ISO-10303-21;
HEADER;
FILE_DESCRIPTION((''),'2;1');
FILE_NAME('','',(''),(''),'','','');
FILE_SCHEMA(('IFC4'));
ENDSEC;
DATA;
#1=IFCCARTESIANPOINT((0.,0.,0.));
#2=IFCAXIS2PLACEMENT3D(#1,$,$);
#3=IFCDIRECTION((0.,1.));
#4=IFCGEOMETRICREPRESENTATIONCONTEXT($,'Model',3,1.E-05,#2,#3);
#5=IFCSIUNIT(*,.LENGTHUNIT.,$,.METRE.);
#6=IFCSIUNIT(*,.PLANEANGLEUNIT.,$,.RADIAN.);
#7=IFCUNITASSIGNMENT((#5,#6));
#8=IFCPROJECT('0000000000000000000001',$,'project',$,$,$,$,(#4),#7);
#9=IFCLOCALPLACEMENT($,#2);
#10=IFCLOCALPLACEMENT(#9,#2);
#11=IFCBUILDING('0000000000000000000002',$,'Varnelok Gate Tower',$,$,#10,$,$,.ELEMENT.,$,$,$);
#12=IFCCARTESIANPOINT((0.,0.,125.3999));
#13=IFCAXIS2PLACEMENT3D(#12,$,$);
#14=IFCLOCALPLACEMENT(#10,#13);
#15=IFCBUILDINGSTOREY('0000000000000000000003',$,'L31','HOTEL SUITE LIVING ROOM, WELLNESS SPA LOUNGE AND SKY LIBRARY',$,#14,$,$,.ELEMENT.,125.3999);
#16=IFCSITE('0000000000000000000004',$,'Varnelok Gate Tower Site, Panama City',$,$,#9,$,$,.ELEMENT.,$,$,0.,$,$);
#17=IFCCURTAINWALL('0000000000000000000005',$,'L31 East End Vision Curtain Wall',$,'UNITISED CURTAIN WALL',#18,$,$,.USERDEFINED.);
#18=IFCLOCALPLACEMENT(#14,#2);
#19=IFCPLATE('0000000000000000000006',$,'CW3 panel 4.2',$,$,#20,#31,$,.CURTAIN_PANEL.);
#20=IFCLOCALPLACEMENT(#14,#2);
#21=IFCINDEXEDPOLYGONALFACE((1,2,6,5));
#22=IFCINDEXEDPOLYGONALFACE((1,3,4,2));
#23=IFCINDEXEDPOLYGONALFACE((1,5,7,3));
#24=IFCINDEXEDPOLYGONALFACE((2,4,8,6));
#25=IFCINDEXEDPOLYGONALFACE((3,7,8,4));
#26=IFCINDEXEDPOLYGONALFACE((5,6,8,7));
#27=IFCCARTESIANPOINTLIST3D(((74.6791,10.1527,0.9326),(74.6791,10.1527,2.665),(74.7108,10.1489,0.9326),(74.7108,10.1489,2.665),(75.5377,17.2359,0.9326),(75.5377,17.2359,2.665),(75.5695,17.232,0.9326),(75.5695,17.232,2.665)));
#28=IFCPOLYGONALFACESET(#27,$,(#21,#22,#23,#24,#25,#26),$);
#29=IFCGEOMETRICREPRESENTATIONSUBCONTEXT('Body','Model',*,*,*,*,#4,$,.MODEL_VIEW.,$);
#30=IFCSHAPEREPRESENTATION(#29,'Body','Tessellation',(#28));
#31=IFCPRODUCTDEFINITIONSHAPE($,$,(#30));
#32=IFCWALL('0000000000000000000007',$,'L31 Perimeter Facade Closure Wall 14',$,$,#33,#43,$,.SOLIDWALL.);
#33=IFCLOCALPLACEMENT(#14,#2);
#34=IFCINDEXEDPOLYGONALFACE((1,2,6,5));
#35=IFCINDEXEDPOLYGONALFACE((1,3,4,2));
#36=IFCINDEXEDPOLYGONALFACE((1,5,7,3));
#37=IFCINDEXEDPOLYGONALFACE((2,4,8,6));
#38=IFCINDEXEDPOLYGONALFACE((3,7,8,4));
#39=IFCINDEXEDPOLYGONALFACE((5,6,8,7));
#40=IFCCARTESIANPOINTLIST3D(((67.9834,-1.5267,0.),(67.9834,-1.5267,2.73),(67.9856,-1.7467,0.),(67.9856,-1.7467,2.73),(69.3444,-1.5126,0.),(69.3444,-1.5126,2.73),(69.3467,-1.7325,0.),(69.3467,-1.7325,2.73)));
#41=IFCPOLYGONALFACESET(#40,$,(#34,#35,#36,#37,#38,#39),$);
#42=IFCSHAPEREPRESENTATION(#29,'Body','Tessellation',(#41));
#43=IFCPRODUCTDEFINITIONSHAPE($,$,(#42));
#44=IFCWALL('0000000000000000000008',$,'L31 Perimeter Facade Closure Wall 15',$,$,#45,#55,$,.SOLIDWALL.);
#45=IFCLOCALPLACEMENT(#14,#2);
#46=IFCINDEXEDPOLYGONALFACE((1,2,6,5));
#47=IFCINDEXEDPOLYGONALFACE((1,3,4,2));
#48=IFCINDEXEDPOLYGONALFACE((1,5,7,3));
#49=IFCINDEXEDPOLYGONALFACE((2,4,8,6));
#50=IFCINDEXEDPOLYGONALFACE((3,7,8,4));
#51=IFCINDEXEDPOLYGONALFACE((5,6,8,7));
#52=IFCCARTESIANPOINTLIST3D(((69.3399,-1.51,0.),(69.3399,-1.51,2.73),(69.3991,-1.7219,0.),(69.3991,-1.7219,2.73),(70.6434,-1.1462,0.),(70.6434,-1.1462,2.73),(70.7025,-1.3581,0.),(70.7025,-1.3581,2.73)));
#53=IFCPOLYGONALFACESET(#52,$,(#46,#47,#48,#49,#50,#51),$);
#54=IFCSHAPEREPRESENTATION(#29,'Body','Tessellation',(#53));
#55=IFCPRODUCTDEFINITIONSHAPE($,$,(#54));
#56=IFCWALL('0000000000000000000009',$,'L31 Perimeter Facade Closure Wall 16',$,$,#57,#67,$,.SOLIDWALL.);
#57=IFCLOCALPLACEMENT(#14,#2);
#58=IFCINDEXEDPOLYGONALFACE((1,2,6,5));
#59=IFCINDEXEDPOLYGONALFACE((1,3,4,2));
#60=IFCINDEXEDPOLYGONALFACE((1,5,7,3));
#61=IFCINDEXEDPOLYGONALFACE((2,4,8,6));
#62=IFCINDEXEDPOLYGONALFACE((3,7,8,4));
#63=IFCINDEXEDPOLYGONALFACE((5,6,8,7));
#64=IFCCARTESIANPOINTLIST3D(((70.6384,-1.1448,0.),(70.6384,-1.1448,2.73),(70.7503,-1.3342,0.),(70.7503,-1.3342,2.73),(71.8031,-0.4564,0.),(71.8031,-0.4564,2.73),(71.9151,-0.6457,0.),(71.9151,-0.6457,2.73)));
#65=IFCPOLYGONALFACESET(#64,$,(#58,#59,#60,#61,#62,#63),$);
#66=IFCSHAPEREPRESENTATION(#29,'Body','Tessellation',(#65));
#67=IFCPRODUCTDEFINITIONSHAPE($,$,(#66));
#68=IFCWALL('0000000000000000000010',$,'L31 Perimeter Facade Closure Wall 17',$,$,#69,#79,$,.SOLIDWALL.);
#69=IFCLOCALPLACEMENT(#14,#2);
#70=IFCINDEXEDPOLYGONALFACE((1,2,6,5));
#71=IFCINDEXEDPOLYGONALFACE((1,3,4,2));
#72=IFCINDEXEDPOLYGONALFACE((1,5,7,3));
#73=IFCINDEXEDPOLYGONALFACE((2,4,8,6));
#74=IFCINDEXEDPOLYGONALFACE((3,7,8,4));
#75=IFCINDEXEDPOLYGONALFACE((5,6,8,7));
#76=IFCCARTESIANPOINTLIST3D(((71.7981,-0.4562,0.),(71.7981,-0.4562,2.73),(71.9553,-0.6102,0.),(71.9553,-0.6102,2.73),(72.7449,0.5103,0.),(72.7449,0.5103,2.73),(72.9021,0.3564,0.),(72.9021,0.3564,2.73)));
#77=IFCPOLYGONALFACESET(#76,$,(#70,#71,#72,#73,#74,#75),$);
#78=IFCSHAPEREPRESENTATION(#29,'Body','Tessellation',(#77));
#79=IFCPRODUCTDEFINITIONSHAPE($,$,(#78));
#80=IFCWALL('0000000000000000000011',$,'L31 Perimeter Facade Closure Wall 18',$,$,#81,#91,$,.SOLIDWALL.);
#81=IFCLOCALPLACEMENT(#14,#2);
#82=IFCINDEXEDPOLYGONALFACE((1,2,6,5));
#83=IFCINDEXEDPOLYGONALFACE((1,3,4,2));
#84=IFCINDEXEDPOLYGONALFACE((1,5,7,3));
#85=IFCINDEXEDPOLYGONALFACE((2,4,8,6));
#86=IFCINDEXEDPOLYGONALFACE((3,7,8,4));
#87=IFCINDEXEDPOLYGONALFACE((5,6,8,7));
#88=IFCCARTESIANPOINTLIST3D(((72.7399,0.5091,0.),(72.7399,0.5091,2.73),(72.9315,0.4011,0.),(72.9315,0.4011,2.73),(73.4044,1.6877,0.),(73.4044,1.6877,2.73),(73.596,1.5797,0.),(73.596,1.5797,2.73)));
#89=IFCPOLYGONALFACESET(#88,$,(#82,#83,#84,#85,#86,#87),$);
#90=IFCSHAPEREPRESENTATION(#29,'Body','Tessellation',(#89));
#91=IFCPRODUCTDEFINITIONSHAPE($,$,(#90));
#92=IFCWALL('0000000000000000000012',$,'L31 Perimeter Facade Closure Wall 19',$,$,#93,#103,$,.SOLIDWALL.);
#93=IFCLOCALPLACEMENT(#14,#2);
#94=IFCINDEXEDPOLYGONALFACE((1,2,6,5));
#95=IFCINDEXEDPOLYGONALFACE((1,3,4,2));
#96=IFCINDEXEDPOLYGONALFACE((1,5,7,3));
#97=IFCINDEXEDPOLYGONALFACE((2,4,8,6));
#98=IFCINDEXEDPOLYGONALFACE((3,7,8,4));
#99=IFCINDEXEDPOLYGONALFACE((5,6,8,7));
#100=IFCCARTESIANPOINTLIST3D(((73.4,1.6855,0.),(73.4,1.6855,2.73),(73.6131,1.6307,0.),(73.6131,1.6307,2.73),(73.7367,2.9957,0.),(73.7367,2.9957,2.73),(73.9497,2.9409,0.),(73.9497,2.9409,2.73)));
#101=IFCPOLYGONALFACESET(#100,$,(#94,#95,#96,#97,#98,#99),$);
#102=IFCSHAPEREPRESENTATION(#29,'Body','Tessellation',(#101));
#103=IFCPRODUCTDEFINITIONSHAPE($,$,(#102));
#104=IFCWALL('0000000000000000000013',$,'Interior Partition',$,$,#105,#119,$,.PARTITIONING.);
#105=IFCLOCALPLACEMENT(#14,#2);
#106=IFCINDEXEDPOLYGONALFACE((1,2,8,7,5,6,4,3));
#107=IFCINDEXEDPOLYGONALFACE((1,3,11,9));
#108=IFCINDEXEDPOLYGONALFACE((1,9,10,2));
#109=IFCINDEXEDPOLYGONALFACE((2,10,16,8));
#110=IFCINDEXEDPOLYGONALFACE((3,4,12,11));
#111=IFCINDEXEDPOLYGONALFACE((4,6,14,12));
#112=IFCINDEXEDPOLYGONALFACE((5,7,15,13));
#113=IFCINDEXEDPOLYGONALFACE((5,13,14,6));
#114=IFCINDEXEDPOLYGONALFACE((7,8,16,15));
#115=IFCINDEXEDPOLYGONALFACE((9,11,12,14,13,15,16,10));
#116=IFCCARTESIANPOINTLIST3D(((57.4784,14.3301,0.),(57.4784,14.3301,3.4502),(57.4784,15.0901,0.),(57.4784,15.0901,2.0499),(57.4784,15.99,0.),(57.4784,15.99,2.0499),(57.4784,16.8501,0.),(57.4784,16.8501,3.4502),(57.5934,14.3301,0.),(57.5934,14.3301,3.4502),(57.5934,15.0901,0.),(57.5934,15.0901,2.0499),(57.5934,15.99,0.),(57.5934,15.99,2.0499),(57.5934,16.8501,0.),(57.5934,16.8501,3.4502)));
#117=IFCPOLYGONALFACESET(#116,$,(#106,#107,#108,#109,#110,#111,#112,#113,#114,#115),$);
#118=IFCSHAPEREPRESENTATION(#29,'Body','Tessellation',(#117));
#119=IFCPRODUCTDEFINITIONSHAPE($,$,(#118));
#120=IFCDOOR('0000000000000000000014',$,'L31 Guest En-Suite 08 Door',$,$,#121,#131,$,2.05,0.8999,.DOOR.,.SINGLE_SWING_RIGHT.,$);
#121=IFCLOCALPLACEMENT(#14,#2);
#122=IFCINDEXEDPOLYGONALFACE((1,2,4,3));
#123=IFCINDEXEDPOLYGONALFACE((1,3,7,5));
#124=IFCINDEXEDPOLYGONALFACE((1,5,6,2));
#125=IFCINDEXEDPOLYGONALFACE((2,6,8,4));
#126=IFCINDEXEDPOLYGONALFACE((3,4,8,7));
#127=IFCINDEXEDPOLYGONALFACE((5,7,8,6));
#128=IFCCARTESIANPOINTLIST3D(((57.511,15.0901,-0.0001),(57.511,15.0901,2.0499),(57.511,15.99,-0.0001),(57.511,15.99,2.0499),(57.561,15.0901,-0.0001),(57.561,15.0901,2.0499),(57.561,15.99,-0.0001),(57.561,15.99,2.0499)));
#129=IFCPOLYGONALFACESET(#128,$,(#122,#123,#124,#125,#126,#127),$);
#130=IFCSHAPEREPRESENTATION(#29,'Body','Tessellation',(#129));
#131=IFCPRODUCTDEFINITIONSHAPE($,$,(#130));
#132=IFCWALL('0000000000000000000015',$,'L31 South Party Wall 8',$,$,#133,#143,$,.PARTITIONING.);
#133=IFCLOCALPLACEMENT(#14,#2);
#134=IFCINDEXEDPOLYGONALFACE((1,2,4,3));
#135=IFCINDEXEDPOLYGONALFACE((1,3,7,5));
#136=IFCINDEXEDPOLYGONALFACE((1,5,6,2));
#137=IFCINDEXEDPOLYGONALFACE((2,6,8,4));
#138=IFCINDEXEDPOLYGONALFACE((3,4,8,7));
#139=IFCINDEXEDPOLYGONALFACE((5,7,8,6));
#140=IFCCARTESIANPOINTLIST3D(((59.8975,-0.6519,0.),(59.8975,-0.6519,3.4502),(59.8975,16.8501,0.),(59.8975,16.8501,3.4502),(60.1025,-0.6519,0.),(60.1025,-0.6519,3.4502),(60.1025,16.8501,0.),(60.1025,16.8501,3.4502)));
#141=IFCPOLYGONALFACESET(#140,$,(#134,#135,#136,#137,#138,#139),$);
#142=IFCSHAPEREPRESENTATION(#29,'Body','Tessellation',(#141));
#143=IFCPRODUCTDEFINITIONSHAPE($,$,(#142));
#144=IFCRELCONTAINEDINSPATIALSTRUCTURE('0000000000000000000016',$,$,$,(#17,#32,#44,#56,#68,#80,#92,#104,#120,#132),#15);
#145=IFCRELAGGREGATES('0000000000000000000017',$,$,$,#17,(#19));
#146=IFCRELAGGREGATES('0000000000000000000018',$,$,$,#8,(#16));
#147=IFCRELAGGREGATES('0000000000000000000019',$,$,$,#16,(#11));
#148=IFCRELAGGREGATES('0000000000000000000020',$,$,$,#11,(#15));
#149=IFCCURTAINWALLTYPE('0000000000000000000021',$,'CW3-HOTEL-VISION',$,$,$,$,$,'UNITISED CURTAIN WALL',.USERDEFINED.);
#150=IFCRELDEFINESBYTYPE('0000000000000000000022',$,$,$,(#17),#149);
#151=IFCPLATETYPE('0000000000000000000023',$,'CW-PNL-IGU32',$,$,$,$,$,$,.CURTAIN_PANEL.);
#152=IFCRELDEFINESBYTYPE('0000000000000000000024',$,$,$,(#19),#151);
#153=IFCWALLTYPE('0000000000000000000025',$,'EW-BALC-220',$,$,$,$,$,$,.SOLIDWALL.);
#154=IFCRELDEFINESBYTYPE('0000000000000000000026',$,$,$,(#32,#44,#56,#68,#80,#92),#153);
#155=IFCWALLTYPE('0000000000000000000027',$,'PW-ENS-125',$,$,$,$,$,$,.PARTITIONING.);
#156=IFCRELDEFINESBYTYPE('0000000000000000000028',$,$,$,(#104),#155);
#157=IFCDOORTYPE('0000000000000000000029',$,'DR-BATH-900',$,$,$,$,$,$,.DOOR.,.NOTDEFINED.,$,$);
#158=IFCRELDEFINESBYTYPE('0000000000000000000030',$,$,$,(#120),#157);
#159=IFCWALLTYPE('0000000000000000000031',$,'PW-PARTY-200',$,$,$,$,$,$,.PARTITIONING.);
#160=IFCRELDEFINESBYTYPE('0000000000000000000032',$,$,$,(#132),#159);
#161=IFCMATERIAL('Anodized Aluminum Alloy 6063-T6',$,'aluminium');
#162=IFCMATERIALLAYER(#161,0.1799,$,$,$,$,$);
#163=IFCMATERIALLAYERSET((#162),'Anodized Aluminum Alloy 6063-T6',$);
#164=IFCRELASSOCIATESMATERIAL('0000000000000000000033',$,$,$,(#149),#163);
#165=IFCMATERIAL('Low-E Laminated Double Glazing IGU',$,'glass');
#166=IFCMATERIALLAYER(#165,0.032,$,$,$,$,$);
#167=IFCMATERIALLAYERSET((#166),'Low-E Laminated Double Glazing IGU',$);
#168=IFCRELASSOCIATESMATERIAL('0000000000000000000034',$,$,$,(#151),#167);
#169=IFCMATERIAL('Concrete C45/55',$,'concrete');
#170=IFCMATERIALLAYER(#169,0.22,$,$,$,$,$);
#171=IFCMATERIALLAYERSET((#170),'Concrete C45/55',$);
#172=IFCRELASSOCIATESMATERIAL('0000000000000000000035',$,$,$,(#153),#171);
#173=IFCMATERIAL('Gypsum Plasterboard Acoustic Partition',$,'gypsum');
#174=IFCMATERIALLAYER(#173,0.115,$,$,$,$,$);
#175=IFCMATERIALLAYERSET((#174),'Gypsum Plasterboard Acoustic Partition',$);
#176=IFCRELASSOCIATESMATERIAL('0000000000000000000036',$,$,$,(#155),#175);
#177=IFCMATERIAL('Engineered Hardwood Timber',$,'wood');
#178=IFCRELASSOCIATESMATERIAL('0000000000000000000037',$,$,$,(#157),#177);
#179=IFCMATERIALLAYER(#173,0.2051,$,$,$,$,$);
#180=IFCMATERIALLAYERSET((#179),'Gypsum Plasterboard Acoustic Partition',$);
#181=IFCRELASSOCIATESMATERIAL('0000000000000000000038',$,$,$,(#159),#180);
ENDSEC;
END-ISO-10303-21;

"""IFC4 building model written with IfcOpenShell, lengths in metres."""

from ifc_helpers import new_model, si_unit, direction, frame, frame_2d, origin, origin_2d, place, context, subcontext, project, spatial, rectangle, extrude, source, transform, mapped, material, layer, layer_set, type_object, element, fill, aggregate, save


model = new_model("IFC4")

# Units and contexts
model_context = context("Model", 3, precision=1e-05, world=origin(), true_north=direction((0.0, 1.0)))
body_context = subcontext(model_context, "Body", "Model", "MODEL_VIEW")
ifc_project = project(units=[si_unit("LENGTHUNIT", "METRE"), si_unit("PLANEANGLEUNIT", "RADIAN")], contexts=[model_context])

# Site, building, storey
site_placement = place(None, origin())
site = spatial("IfcSite", under=ifc_project, at=site_placement, Name="Varnelok Gate Tower Site, Panama City", CompositionType="ELEMENT", RefElevation=0.0)
building_placement = place(site_placement, origin())
building = spatial("IfcBuilding", under=site, at=building_placement, Name="Varnelok Gate Tower", CompositionType="ELEMENT")
storey_placement = place(building_placement, frame((0.0, 0.0, 125.3999)))
storey = spatial("IfcBuildingStorey", under=building, at=storey_placement, Name="L31", Description="HOTEL SUITE LIVING ROOM, WELLNESS SPA LOUNGE AND SKY LIBRARY", CompositionType="ELEMENT", Elevation=125.3999)

# Curtain wall, plate
ifc_material_1 = material(Name="Anodized Aluminum Alloy 6063-T6", Category="aluminium")
ifc_layer_1 = layer(ifc_material_1, 0.1799)
ifc_layer_set_1 = layer_set([ifc_layer_1], Name="Anodized Aluminum Alloy 6063-T6")
curtain_wall_type = type_object("IfcCurtainWallType", Name="CW3-HOTEL-VISION", ElementType="UNITISED CURTAIN WALL", PredefinedType="USERDEFINED", material=ifc_layer_set_1)
curtain_wall_placement = place(storey_placement, origin())
curtain_wall = element("IfcCurtainWall", 1, at=curtain_wall_placement, inside=storey, type_object=curtain_wall_type, Name="L31 East End Vision Curtain Wall", ObjectType="UNITISED CURTAIN WALL", PredefinedType="USERDEFINED")
ifc_material_2 = material(Name="Low-E Laminated Double Glazing IGU", Category="glass")
ifc_layer_2 = layer(ifc_material_2, 0.032)
ifc_layer_set_2 = layer_set([ifc_layer_2], Name="Low-E Laminated Double Glazing IGU")
plate_type = type_object("IfcPlateType", Name="CW-PNL-IGU32", PredefinedType="CURTAIN_PANEL", material=ifc_layer_set_2)
shared_shape_1 = source(origin(), body_context, "Body", "SweptSolid", [
    extrude(rectangle(XDim=7.135, YDim=0.032, at=origin_2d()), origin(), (0.0, 0.0, 1.0), 1.7324),
])
plate_1_placement = place(storey_placement, frame((75.1243, 13.6924, 0.9326), z_axis=(0.0, 0.0, 1.0), x_axis=(-0.120347, -0.992732, 0.0)))
plate_1 = element("IfcPlate", 2, at=plate_1_placement, type_object=plate_type, Name="CW3 panel 4.2", PredefinedType="CURTAIN_PANEL", context=body_context, shape_type="MappedRepresentation", body=[
    mapped(shared_shape_1, transform((0.0, 0.0, 0.0), scale=1.0)),
])
aggregate(curtain_wall, [plate_1])

# Walls
ifc_material_3 = material(Name="Concrete C45/55", Category="concrete")
ifc_layer_3 = layer(ifc_material_3, 0.22)
ifc_layer_set_3 = layer_set([ifc_layer_3], Name="Concrete C45/55")
wall_type_1 = type_object("IfcWallType", Name="EW-BALC-220", PredefinedType="SOLIDWALL", material=ifc_layer_set_3)
wall_1_placement = place(storey_placement, frame((67.9844, -1.6367, 0.0), z_axis=(0.0, 0.0, 1.0), x_axis=(0.999946, 0.010403, 0.0)))
element("IfcWall", 3, at=wall_1_placement, inside=storey, type_object=wall_type_1, Name="L31 Perimeter Facade Closure Wall 14", PredefinedType="SOLIDWALL", context=body_context, shape_type="SweptSolid", body=[
    extrude(rectangle(XDim=1.3611, YDim=0.22, at=frame_2d((0.6807, 0.0))), origin(), (0.0, 0.0, 1.0), 2.73),
])
wall_2_placement = place(storey_placement, frame((69.3694, -1.616, 0.0), z_axis=(0.0, 0.0, 1.0), x_axis=(0.963194, 0.268807, 0.0)))
element("IfcWall", 4, at=wall_2_placement, inside=storey, type_object=wall_type_1, Name="L31 Perimeter Facade Closure Wall 15", PredefinedType="SOLIDWALL", context=body_context, shape_type="SweptSolid", body=[
    extrude(rectangle(XDim=1.3533, YDim=0.22, at=frame_2d((0.6768, 0.0))), origin(), (0.0, 0.0, 1.0), 2.73),
])
for number, where, z_axis, x_axis, name in (
    (5, (70.6943, -1.2395, 0.0), (0.0, 0.0, 1.0), (0.860865, 0.508833, 0.0), "L31 Perimeter Facade Closure Wall 16"),
    (6, (71.8767, -0.5332, 0.0), (0.0, 0.0, 1.0), (0.699761, 0.714377, 0.0), "L31 Perimeter Facade Closure Wall 17"),
    (7, (72.8357, 0.4551, 0.0), (0.0, 0.0, 1.0), (0.491118, 0.871093, 0.0), "L31 Perimeter Facade Closure Wall 18"),
):
    element("IfcWall", number, at=place(storey_placement, frame(where, z_axis=z_axis, x_axis=x_axis)), inside=storey, type_object=wall_type_1, Name=name, PredefinedType="SOLIDWALL", context=body_context, shape_type="SweptSolid", body=[
        extrude(rectangle(XDim=1.353, YDim=0.22, at=frame_2d((0.6765, 0.0))), origin(), (0.0, 0.0, 1.0), 2.73),
    ])
wall_3_placement = place(storey_placement, frame((73.5066, 1.6582, 0.0), z_axis=(0.0, 0.0, 1.0), x_axis=(0.248857, 0.96854, 0.0)))
element("IfcWall", 8, at=wall_3_placement, inside=storey, type_object=wall_type_1, Name="L31 Perimeter Facade Closure Wall 19", PredefinedType="SOLIDWALL", context=body_context, shape_type="SweptSolid", body=[
    extrude(rectangle(XDim=1.3528, YDim=0.22, at=frame_2d((0.6763, 0.0))), origin(), (0.0, 0.0, 1.0), 2.73),
])

# Wall, opening, door
ifc_material_4 = material(Name="Gypsum Plasterboard Acoustic Partition", Category="gypsum")
ifc_layer_4 = layer(ifc_material_4, 0.115)
ifc_layer_set_4 = layer_set([ifc_layer_4], Name="Gypsum Plasterboard Acoustic Partition")
wall_type_2 = type_object("IfcWallType", Name="PW-ENS-125", PredefinedType="PARTITIONING", material=ifc_layer_set_4)
wall_4_placement = place(storey_placement, frame((57.5359, 14.3301, 0.0), z_axis=(0.0, 0.0, 1.0), x_axis=(0.0, 1.0, 0.0)))
wall_4 = element("IfcWall", 9, at=wall_4_placement, inside=storey, type_object=wall_type_2, Name="Interior Partition", PredefinedType="PARTITIONING", context=body_context, shape_type="SweptSolid", body=[
    extrude(rectangle(XDim=2.52, YDim=0.115, at=frame_2d((1.26, 0.0))), origin(), (0.0, 0.0, 1.0), 3.4502),
])
opening_placement = place(wall_4_placement, frame((0.76, 0.0, 0.0)))
opening = element("IfcOpeningElement", 10, at=opening_placement, cuts=wall_4, PredefinedType="OPENING", context=body_context, shape_type="SweptSolid", body=[
    extrude(rectangle(XDim=0.8999, YDim=2.05, at=frame_2d((0.45, 1.0249))), frame((0.0, 0.0674, 0.0), z_axis=(0.0, -1.0, 0.0), x_axis=(1.0, 0.0, 0.0)), (0.0, 0.0, 1.0), 0.135),
])
ifc_material_5 = material(Name="Engineered Hardwood Timber", Category="wood")
door_type = type_object("IfcDoorType", Name="DR-BATH-900", OperationType="NOTDEFINED", PredefinedType="DOOR", material=ifc_material_5)
door_placement = place(opening_placement, origin())
door = element("IfcDoor", 11, at=door_placement, inside=storey, type_object=door_type, Name="L31 Guest En-Suite 08 Door", OperationType="SINGLE_SWING_RIGHT", OverallHeight=2.05, OverallWidth=0.8999, PredefinedType="DOOR", context=body_context, shape_type="SweptSolid", body=[
    extrude(rectangle(XDim=0.8999, YDim=2.05, at=frame_2d((0.45, 1.0249))), frame((0.0, 0.0249, 0.0), z_axis=(0.0, -1.0, 0.0), x_axis=(1.0, 0.0, 0.0)), (0.0, 0.0, 1.0), 0.05),
])
fill(opening, door)

# Wall
ifc_layer_5 = layer(ifc_material_4, 0.2051)
ifc_layer_set_5 = layer_set([ifc_layer_5], Name="Gypsum Plasterboard Acoustic Partition")
wall_type_3 = type_object("IfcWallType", Name="PW-PARTY-200", PredefinedType="PARTITIONING", material=ifc_layer_set_5)
wall_5_placement = place(storey_placement, frame((60.0, -0.6519, 0.0), z_axis=(0.0, 0.0, 1.0), x_axis=(0.0, 1.0, 0.0)))
element("IfcWall", 12, at=wall_5_placement, inside=storey, type_object=wall_type_3, Name="L31 South Party Wall 8", PredefinedType="PARTITIONING", context=body_context, shape_type="SweptSolid", body=[
    extrude(rectangle(XDim=17.502, YDim=0.2051, at=frame_2d((8.751, 0.0))), origin(), (0.0, 0.0, 1.0), 3.4502),
])

save(model, "model.ifc")
